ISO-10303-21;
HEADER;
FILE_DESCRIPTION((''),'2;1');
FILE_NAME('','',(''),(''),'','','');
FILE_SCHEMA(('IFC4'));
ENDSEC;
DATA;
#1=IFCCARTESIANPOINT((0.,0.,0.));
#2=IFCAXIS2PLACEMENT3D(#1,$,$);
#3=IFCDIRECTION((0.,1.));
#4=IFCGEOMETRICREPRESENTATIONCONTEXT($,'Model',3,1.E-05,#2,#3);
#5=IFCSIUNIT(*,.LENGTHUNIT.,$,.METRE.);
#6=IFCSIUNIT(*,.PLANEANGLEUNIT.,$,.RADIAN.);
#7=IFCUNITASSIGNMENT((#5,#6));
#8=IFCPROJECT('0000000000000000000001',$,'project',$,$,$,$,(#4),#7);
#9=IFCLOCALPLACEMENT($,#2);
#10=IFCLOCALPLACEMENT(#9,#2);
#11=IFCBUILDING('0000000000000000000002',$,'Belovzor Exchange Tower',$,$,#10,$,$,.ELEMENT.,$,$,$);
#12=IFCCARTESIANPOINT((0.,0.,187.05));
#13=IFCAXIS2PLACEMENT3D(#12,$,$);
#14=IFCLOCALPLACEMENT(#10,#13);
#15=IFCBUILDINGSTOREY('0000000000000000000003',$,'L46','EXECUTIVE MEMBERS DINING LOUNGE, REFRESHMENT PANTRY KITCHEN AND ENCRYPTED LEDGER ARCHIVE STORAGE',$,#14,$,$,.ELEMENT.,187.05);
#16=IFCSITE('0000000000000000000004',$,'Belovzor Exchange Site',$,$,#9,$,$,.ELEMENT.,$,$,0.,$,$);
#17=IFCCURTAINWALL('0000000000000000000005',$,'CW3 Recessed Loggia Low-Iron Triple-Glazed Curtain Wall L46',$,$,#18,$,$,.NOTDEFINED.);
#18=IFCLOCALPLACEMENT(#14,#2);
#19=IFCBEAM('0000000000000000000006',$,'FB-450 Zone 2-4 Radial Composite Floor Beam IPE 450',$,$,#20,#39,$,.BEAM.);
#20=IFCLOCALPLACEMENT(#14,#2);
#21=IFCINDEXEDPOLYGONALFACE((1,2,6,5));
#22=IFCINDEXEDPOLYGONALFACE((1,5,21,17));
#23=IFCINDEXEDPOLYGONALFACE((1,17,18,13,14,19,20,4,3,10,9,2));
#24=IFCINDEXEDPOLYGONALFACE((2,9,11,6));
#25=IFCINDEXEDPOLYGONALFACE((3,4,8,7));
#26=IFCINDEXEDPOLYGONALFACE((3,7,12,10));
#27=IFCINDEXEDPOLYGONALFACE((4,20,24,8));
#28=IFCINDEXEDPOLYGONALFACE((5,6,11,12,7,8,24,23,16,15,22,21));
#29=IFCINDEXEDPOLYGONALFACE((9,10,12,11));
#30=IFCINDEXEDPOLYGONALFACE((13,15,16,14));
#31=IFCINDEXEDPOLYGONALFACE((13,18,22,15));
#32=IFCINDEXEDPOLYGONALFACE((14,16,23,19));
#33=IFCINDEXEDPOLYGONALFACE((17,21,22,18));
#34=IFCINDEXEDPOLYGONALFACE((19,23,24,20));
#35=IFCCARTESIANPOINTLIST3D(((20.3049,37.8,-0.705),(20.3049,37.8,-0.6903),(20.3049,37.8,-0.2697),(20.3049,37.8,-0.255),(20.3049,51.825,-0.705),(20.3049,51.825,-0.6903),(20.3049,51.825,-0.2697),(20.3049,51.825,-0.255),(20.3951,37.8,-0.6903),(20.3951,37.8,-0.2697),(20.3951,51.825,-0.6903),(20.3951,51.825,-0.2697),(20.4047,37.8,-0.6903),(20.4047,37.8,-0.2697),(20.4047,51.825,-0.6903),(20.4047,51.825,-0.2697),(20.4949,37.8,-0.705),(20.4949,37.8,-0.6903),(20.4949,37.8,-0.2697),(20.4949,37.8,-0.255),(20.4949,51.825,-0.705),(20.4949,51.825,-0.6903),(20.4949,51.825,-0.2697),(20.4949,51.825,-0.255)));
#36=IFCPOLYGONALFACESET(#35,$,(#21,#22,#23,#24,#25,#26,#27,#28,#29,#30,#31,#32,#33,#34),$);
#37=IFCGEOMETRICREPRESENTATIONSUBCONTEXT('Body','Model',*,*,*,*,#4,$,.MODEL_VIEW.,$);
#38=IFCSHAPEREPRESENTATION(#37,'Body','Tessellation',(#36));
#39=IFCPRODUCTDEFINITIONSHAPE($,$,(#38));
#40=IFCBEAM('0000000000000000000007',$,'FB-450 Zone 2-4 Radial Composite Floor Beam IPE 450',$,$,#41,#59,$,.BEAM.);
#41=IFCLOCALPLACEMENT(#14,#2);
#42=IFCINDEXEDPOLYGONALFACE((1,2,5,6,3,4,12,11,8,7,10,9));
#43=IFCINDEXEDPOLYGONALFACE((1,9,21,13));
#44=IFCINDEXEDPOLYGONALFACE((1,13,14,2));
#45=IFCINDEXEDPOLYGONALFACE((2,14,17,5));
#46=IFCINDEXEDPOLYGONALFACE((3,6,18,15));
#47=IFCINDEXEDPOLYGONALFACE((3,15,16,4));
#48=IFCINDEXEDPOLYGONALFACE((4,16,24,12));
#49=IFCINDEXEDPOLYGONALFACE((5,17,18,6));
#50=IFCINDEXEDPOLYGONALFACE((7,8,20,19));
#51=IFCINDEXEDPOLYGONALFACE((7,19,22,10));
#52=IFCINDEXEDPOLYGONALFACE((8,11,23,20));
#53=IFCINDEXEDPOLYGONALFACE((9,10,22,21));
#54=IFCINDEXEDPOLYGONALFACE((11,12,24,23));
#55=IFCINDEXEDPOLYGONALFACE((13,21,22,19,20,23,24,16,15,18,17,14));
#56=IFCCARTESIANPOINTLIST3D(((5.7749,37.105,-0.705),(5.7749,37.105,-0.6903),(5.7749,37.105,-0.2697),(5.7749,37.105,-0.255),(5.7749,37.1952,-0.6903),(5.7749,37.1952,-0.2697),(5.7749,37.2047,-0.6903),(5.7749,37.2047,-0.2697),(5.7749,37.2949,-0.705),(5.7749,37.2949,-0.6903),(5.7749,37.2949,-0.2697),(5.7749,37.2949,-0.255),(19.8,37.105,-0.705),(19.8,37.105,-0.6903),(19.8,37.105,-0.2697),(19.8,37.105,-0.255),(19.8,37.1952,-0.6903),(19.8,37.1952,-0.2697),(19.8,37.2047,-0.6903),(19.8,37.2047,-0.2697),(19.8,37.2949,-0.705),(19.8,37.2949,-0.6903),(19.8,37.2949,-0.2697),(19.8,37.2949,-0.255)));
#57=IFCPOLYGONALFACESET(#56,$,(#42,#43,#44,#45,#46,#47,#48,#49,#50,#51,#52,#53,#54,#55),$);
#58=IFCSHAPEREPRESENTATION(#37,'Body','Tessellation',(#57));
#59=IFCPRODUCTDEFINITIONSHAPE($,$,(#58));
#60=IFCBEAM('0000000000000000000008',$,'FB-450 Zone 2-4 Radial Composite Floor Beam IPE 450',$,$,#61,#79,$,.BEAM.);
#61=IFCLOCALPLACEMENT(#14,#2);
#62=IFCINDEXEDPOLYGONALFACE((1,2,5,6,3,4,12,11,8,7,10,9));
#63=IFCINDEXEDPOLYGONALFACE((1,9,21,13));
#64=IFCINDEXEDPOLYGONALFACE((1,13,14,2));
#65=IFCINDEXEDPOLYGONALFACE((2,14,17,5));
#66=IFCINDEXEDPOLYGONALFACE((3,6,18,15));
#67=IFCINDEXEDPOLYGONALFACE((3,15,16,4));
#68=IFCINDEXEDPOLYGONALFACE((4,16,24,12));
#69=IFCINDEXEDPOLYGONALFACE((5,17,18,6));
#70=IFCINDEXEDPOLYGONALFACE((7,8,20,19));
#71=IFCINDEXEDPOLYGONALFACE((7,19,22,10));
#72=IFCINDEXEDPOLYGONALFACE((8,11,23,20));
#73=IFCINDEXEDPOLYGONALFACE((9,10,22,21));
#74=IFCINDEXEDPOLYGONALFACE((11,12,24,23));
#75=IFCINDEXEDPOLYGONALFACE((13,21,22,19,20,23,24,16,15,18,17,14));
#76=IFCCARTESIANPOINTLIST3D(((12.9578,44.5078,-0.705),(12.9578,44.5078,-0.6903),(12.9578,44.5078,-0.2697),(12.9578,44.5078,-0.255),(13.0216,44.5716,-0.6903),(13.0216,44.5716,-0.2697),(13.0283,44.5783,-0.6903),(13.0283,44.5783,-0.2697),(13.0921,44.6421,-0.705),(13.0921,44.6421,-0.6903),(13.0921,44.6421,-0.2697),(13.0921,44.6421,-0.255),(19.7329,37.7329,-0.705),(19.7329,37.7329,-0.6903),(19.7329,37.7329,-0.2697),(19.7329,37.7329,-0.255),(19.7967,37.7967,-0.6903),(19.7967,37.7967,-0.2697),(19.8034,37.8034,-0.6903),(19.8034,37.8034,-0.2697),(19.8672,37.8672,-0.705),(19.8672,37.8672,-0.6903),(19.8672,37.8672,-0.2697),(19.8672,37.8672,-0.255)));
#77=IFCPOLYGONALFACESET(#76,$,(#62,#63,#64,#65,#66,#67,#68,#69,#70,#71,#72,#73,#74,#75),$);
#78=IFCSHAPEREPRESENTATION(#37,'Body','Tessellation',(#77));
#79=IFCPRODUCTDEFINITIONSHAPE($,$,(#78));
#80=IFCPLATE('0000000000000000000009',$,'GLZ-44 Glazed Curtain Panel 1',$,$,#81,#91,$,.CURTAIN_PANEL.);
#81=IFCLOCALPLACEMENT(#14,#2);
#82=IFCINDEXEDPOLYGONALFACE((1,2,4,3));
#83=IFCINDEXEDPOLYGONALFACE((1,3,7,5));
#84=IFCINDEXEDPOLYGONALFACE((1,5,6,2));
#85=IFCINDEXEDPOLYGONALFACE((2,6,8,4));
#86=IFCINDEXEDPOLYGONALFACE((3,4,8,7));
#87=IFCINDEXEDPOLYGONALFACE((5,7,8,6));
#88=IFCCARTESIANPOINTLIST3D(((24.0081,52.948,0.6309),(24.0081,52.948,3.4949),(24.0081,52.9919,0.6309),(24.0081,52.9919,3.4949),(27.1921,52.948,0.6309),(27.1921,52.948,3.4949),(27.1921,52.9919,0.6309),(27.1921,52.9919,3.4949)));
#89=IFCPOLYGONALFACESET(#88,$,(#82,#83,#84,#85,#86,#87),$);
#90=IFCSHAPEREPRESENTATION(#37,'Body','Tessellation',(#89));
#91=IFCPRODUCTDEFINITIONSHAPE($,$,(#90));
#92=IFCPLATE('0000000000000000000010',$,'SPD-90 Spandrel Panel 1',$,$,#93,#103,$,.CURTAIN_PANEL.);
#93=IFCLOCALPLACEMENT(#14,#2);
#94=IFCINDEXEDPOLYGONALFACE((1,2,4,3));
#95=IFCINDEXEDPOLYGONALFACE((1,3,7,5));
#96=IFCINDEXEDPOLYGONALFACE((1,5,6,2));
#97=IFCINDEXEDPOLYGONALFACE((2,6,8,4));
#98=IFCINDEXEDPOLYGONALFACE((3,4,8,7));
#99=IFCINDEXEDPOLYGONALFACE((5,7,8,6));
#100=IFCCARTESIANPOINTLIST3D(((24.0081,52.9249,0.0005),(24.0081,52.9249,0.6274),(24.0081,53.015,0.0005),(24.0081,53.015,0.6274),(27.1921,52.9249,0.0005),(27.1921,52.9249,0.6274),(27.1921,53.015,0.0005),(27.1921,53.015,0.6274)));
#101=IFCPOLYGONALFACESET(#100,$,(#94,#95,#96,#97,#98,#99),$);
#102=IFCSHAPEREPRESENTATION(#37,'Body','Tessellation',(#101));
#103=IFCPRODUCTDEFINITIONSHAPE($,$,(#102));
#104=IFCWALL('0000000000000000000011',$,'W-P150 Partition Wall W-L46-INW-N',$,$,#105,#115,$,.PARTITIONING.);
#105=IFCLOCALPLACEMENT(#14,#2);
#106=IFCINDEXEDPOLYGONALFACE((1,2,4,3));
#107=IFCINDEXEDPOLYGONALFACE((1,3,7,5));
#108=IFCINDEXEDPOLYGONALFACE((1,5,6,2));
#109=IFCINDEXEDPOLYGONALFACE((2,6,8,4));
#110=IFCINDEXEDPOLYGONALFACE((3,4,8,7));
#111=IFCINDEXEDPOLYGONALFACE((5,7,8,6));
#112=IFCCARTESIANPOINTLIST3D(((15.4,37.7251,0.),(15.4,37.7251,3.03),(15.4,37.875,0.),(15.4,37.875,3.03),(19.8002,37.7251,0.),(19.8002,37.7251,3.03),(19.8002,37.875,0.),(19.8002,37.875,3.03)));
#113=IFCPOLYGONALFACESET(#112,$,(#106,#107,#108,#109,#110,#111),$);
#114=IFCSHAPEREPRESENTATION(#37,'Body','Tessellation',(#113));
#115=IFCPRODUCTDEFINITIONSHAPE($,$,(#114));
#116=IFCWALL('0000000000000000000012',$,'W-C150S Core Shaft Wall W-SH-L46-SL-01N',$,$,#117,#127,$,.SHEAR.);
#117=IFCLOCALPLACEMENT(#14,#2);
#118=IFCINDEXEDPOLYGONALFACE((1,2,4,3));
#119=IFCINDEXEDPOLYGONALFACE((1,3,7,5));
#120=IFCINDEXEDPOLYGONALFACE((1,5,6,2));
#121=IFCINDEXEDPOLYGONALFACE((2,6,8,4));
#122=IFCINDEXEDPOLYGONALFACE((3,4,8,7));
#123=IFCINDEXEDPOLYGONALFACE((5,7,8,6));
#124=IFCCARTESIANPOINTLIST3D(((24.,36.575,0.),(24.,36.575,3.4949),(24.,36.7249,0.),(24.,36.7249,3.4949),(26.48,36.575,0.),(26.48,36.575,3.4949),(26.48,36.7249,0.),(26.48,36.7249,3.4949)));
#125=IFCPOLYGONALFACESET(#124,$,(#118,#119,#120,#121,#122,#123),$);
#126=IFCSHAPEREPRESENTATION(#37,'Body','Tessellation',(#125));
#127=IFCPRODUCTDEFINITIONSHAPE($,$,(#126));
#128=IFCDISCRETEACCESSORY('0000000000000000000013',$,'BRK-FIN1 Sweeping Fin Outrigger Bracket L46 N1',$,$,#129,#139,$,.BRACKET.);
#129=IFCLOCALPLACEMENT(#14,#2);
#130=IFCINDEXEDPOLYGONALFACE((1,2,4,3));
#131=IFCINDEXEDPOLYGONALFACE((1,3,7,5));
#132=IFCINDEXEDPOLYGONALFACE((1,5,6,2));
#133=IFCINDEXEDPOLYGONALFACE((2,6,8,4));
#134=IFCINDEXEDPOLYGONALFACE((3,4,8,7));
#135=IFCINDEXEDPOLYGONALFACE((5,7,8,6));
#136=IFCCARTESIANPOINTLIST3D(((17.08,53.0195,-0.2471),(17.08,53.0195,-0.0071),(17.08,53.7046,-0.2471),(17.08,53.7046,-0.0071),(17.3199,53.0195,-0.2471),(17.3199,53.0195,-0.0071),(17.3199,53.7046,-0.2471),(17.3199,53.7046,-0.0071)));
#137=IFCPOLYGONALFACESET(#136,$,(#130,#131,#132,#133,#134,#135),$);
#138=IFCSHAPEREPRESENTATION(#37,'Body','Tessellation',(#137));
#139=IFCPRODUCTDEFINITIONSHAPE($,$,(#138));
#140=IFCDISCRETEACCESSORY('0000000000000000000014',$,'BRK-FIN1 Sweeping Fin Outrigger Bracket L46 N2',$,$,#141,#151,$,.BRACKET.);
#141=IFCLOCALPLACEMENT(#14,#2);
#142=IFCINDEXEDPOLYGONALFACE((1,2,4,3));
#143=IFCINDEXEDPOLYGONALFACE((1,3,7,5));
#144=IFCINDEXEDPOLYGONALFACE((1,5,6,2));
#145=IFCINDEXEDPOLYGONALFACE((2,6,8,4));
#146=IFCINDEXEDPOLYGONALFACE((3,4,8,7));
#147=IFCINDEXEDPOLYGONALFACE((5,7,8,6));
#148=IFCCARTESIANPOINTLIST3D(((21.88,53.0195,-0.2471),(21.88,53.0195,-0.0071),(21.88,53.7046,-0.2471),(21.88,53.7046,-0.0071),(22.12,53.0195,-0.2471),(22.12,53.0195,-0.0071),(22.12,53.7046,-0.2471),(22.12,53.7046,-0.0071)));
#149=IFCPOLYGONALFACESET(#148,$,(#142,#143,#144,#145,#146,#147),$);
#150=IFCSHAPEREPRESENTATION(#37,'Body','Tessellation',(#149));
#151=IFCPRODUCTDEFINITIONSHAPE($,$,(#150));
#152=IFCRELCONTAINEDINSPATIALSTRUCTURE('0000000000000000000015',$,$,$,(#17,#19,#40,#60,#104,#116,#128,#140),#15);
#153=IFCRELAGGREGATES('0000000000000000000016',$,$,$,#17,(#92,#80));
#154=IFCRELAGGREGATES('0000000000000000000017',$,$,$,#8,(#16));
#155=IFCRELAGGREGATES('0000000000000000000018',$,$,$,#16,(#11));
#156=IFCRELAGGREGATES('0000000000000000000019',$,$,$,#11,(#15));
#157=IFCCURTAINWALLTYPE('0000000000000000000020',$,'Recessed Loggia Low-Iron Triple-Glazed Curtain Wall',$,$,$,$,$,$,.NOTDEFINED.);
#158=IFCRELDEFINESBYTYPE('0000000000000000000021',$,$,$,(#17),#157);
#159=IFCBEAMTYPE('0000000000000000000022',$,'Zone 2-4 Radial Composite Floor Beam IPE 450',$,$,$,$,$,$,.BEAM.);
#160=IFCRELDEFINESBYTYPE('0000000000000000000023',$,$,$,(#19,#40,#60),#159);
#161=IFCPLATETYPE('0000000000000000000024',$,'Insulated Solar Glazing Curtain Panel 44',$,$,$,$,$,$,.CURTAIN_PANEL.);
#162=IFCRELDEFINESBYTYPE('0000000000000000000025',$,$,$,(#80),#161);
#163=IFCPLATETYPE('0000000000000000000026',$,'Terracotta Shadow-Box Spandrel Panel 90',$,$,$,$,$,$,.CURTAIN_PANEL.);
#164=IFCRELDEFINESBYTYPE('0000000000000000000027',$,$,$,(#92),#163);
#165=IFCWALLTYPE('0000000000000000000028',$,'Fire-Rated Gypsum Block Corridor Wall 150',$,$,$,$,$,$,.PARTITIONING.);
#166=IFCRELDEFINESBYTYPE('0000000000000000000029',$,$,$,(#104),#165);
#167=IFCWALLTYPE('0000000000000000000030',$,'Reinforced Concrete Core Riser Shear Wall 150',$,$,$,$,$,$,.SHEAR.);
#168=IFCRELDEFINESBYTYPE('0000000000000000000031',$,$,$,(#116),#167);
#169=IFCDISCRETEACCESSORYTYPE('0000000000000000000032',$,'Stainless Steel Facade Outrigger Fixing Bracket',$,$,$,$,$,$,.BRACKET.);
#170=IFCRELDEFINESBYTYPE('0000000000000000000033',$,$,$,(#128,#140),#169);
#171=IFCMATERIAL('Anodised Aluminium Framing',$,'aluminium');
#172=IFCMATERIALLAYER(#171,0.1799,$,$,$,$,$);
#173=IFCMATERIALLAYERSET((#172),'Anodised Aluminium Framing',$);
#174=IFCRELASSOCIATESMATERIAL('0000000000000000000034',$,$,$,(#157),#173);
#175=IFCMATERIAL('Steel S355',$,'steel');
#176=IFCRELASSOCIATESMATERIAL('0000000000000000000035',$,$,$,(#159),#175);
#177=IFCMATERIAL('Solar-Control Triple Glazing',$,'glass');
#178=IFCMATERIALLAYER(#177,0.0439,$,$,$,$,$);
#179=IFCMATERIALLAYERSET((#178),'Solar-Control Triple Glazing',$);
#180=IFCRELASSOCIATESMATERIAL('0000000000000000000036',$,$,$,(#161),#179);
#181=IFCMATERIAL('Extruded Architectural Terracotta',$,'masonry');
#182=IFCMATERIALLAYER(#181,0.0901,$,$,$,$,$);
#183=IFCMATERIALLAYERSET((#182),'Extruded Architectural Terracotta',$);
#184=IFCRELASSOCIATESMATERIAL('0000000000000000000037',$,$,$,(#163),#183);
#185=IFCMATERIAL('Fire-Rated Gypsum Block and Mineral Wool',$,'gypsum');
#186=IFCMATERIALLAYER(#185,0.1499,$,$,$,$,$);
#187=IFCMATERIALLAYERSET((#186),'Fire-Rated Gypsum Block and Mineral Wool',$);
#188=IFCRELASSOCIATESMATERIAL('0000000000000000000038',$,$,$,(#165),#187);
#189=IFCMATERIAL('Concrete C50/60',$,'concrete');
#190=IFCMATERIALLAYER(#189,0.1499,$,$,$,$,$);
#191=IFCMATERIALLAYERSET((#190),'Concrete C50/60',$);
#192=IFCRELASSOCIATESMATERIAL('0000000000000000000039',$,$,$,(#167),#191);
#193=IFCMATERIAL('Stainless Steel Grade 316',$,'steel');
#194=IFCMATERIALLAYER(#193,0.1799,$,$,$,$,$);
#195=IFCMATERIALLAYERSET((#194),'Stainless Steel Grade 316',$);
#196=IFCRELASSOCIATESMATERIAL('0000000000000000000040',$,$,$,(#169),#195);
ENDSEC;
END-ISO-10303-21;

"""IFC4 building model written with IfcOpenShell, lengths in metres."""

from ifc_helpers import new_model, si_unit, direction, frame, frame_2d, origin, origin_2d, place, context, subcontext, project, spatial, rectangle, i_section, extrude, material, layer, layer_set, material_profile, profile_set, type_object, element, aggregate, save


model = new_model("IFC4")

# Units and contexts
model_context = context("Model", 3, precision=1e-05, world=origin(), true_north=direction((0.0, 1.0)))
body_context = subcontext(model_context, "Body", "Model", "MODEL_VIEW")
ifc_project = project(units=[si_unit("LENGTHUNIT", "METRE"), si_unit("PLANEANGLEUNIT", "RADIAN")], contexts=[model_context])

# Site, building, storey
site_placement = place(None, origin())
site = spatial("IfcSite", under=ifc_project, at=site_placement, Name="Belovzor Exchange Site", CompositionType="ELEMENT", RefElevation=0.0)
building_placement = place(site_placement, origin())
building = spatial("IfcBuilding", under=site, at=building_placement, Name="Belovzor Exchange Tower", CompositionType="ELEMENT")
storey_placement = place(building_placement, frame((0.0, 0.0, 187.05)))
storey = spatial("IfcBuildingStorey", under=building, at=storey_placement, Name="L46", Description="EXECUTIVE MEMBERS DINING LOUNGE, REFRESHMENT PANTRY KITCHEN AND ENCRYPTED LEDGER ARCHIVE STORAGE", CompositionType="ELEMENT", Elevation=187.05)

# Curtain wall
ifc_material_1 = material(Name="Anodised Aluminium Framing", Category="aluminium")
ifc_layer_1 = layer(ifc_material_1, 0.1799)
ifc_layer_set_1 = layer_set([ifc_layer_1], Name="Anodised Aluminium Framing")
curtain_wall_type = type_object("IfcCurtainWallType", Name="Recessed Loggia Low-Iron Triple-Glazed Curtain Wall", PredefinedType="NOTDEFINED", material=ifc_layer_set_1)
curtain_wall_placement = place(storey_placement, origin())
curtain_wall = element("IfcCurtainWall", 1, at=curtain_wall_placement, inside=storey, type_object=curtain_wall_type, Name="CW3 Recessed Loggia Low-Iron Triple-Glazed Curtain Wall L46", PredefinedType="NOTDEFINED")

# Beams
ifc_material_2 = material(Name="Steel S355", Category="steel")
ifc_material_profile_1 = material_profile(ifc_material_2, i_section(OverallWidth=0.1899, OverallDepth=0.45, WebThickness=0.0095, FlangeThickness=0.0146, at=origin_2d()))
ifc_profile_set_1 = profile_set([ifc_material_profile_1], Name="Steel S355")
beam_type_1 = type_object("IfcBeamType", Name="Zone 2-4 Radial Composite Floor Beam IPE 450", PredefinedType="BEAM", material=ifc_profile_set_1)
beam_1_placement = place(storey_placement, frame((20.3999, 37.8, -0.48), z_axis=(0.0, 1.0, 0.0), x_axis=(-1.0, 0.0, 0.0)))
element("IfcBeam", 2, at=beam_1_placement, inside=storey, type_object=beam_type_1, Name="FB-450 Zone 2-4 Radial Composite Floor Beam IPE 450", PredefinedType="BEAM", context=body_context, shape_type="SweptSolid", body=[
    extrude(i_section(OverallWidth=0.1899, OverallDepth=0.45, WebThickness=0.0095, FlangeThickness=0.0146, at=origin_2d()), origin(), (0.0, 0.0, 1.0), 14.0249),
])
beam_2_placement = place(storey_placement, frame((19.8, 37.2, -0.48), z_axis=(-1.0, 0.0, 0.0), x_axis=(0.0, -1.0, 0.0)))
element("IfcBeam", 3, at=beam_2_placement, inside=storey, type_object=beam_type_1, Name="FB-450 Zone 2-4 Radial Composite Floor Beam IPE 450", PredefinedType="BEAM", context=body_context, shape_type="SweptSolid", body=[
    extrude(i_section(OverallWidth=0.1899, OverallDepth=0.45, WebThickness=0.0095, FlangeThickness=0.0146, at=origin_2d()), origin(), (0.0, 0.0, 1.0), 14.0251),
])
beam_3_placement = place(storey_placement, frame((19.8, 37.8, -0.48), z_axis=(-0.70712, 0.707094, 0.0), x_axis=(-0.707094, -0.70712, 0.0)))
element("IfcBeam", 4, at=beam_3_placement, inside=storey, type_object=beam_type_1, Name="FB-450 Zone 2-4 Radial Composite Floor Beam IPE 450", PredefinedType="BEAM", context=body_context, shape_type="SweptSolid", body=[
    extrude(i_section(OverallWidth=0.1899, OverallDepth=0.45, WebThickness=0.0095, FlangeThickness=0.0146, at=origin_2d()), origin(), (0.0, 0.0, 1.0), 9.5813),
])

# Plates
ifc_material_3 = material(Name="Solar-Control Triple Glazing", Category="glass")
ifc_layer_2 = layer(ifc_material_3, 0.0439)
ifc_layer_set_2 = layer_set([ifc_layer_2], Name="Solar-Control Triple Glazing")
plate_type_1 = type_object("IfcPlateType", Name="Insulated Solar Glazing Curtain Panel 44", PredefinedType="CURTAIN_PANEL", material=ifc_layer_set_2)
plate_1_placement = place(storey_placement, frame((25.6001, 52.97, 0.6309), z_axis=(0.0, 0.0, 1.0), x_axis=(1.0, 0.0, 0.0)))
plate_1 = element("IfcPlate", 5, at=plate_1_placement, type_object=plate_type_1, Name="GLZ-44 Glazed Curtain Panel 1", PredefinedType="CURTAIN_PANEL", context=body_context, shape_type="SweptSolid", body=[
    extrude(rectangle(XDim=3.1841, YDim=0.0439, at=origin_2d()), origin(), (0.0, 0.0, 1.0), 2.864),
])
ifc_material_4 = material(Name="Extruded Architectural Terracotta", Category="masonry")
ifc_layer_3 = layer(ifc_material_4, 0.0901)
ifc_layer_set_3 = layer_set([ifc_layer_3], Name="Extruded Architectural Terracotta")
plate_type_2 = type_object("IfcPlateType", Name="Terracotta Shadow-Box Spandrel Panel 90", PredefinedType="CURTAIN_PANEL", material=ifc_layer_set_3)
plate_2_placement = place(storey_placement, frame((25.6001, 52.97, 0.0005), z_axis=(0.0, 0.0, 1.0), x_axis=(1.0, 0.0, 0.0)))
plate_2 = element("IfcPlate", 6, at=plate_2_placement, type_object=plate_type_2, Name="SPD-90 Spandrel Panel 1", PredefinedType="CURTAIN_PANEL", context=body_context, shape_type="SweptSolid", body=[
    extrude(rectangle(XDim=3.1841, YDim=0.0901, at=origin_2d()), origin(), (0.0, 0.0, 1.0), 0.627),
])
aggregate(curtain_wall, [plate_2, plate_1])

# Walls
ifc_material_5 = material(Name="Fire-Rated Gypsum Block and Mineral Wool", Category="gypsum")
ifc_layer_4 = layer(ifc_material_5, 0.1499)
ifc_layer_set_4 = layer_set([ifc_layer_4], Name="Fire-Rated Gypsum Block and Mineral Wool")
wall_type_1 = type_object("IfcWallType", Name="Fire-Rated Gypsum Block Corridor Wall 150", PredefinedType="PARTITIONING", material=ifc_layer_set_4)
wall_1_placement = place(storey_placement, frame((15.3999, 37.8, 0.0), z_axis=(0.0, 0.0, 1.0), x_axis=(1.0, 0.0, 0.0)))
element("IfcWall", 7, at=wall_1_placement, inside=storey, type_object=wall_type_1, Name="W-P150 Partition Wall W-L46-INW-N", PredefinedType="PARTITIONING", context=body_context, shape_type="SweptSolid", body=[
    extrude(rectangle(XDim=4.4001, YDim=0.1499, at=frame_2d((2.2002, 0.0))), origin(), (0.0, 0.0, 1.0), 3.03),
])
ifc_material_6 = material(Name="Concrete C50/60", Category="concrete")
ifc_layer_5 = layer(ifc_material_6, 0.1499)
ifc_layer_set_5 = layer_set([ifc_layer_5], Name="Concrete C50/60")
wall_type_2 = type_object("IfcWallType", Name="Reinforced Concrete Core Riser Shear Wall 150", PredefinedType="SHEAR", material=ifc_layer_set_5)
wall_2_placement = place(storey_placement, frame((24.0, 36.6499, 0.0), z_axis=(0.0, 0.0, 1.0), x_axis=(1.0, 0.0, 0.0)))
element("IfcWall", 8, at=wall_2_placement, inside=storey, type_object=wall_type_2, Name="W-C150S Core Shaft Wall W-SH-L46-SL-01N", PredefinedType="SHEAR", context=body_context, shape_type="SweptSolid", body=[
    extrude(rectangle(XDim=2.48, YDim=0.1499, at=frame_2d((1.24, 0.0))), origin(), (0.0, 0.0, 1.0), 3.4949),
])

# Discrete accessories
ifc_material_7 = material(Name="Stainless Steel Grade 316", Category="steel")
ifc_layer_6 = layer(ifc_material_7, 0.1799)
ifc_layer_set_6 = layer_set([ifc_layer_6], Name="Stainless Steel Grade 316")
discrete_accessory_type = type_object("IfcDiscreteAccessoryType", Name="Stainless Steel Facade Outrigger Fixing Bracket", PredefinedType="BRACKET", material=ifc_layer_set_6)
for number, where, z_axis, x_axis, name in (
    (9, (17.2, 53.3621, -0.2471), (0.0, 0.0, 1.0), (0.0, 1.0, 0.0), "BRK-FIN1 Sweeping Fin Outrigger Bracket L46 N1"),
    (10, (22.0, 53.3621, -0.2471), (0.0, 0.0, 1.0), (0.0, 1.0, 0.0), "BRK-FIN1 Sweeping Fin Outrigger Bracket L46 N2"),
):
    element("IfcDiscreteAccessory", number, at=place(storey_placement, frame(where, z_axis=z_axis, x_axis=x_axis)), inside=storey, type_object=discrete_accessory_type, Name=name, PredefinedType="BRACKET", context=body_context, shape_type="SweptSolid", body=[
        extrude(rectangle(XDim=0.6851, YDim=0.24, at=origin_2d()), origin(), (0.0, 0.0, 1.0), 0.24),
    ])

save(model, "model.ifc")
